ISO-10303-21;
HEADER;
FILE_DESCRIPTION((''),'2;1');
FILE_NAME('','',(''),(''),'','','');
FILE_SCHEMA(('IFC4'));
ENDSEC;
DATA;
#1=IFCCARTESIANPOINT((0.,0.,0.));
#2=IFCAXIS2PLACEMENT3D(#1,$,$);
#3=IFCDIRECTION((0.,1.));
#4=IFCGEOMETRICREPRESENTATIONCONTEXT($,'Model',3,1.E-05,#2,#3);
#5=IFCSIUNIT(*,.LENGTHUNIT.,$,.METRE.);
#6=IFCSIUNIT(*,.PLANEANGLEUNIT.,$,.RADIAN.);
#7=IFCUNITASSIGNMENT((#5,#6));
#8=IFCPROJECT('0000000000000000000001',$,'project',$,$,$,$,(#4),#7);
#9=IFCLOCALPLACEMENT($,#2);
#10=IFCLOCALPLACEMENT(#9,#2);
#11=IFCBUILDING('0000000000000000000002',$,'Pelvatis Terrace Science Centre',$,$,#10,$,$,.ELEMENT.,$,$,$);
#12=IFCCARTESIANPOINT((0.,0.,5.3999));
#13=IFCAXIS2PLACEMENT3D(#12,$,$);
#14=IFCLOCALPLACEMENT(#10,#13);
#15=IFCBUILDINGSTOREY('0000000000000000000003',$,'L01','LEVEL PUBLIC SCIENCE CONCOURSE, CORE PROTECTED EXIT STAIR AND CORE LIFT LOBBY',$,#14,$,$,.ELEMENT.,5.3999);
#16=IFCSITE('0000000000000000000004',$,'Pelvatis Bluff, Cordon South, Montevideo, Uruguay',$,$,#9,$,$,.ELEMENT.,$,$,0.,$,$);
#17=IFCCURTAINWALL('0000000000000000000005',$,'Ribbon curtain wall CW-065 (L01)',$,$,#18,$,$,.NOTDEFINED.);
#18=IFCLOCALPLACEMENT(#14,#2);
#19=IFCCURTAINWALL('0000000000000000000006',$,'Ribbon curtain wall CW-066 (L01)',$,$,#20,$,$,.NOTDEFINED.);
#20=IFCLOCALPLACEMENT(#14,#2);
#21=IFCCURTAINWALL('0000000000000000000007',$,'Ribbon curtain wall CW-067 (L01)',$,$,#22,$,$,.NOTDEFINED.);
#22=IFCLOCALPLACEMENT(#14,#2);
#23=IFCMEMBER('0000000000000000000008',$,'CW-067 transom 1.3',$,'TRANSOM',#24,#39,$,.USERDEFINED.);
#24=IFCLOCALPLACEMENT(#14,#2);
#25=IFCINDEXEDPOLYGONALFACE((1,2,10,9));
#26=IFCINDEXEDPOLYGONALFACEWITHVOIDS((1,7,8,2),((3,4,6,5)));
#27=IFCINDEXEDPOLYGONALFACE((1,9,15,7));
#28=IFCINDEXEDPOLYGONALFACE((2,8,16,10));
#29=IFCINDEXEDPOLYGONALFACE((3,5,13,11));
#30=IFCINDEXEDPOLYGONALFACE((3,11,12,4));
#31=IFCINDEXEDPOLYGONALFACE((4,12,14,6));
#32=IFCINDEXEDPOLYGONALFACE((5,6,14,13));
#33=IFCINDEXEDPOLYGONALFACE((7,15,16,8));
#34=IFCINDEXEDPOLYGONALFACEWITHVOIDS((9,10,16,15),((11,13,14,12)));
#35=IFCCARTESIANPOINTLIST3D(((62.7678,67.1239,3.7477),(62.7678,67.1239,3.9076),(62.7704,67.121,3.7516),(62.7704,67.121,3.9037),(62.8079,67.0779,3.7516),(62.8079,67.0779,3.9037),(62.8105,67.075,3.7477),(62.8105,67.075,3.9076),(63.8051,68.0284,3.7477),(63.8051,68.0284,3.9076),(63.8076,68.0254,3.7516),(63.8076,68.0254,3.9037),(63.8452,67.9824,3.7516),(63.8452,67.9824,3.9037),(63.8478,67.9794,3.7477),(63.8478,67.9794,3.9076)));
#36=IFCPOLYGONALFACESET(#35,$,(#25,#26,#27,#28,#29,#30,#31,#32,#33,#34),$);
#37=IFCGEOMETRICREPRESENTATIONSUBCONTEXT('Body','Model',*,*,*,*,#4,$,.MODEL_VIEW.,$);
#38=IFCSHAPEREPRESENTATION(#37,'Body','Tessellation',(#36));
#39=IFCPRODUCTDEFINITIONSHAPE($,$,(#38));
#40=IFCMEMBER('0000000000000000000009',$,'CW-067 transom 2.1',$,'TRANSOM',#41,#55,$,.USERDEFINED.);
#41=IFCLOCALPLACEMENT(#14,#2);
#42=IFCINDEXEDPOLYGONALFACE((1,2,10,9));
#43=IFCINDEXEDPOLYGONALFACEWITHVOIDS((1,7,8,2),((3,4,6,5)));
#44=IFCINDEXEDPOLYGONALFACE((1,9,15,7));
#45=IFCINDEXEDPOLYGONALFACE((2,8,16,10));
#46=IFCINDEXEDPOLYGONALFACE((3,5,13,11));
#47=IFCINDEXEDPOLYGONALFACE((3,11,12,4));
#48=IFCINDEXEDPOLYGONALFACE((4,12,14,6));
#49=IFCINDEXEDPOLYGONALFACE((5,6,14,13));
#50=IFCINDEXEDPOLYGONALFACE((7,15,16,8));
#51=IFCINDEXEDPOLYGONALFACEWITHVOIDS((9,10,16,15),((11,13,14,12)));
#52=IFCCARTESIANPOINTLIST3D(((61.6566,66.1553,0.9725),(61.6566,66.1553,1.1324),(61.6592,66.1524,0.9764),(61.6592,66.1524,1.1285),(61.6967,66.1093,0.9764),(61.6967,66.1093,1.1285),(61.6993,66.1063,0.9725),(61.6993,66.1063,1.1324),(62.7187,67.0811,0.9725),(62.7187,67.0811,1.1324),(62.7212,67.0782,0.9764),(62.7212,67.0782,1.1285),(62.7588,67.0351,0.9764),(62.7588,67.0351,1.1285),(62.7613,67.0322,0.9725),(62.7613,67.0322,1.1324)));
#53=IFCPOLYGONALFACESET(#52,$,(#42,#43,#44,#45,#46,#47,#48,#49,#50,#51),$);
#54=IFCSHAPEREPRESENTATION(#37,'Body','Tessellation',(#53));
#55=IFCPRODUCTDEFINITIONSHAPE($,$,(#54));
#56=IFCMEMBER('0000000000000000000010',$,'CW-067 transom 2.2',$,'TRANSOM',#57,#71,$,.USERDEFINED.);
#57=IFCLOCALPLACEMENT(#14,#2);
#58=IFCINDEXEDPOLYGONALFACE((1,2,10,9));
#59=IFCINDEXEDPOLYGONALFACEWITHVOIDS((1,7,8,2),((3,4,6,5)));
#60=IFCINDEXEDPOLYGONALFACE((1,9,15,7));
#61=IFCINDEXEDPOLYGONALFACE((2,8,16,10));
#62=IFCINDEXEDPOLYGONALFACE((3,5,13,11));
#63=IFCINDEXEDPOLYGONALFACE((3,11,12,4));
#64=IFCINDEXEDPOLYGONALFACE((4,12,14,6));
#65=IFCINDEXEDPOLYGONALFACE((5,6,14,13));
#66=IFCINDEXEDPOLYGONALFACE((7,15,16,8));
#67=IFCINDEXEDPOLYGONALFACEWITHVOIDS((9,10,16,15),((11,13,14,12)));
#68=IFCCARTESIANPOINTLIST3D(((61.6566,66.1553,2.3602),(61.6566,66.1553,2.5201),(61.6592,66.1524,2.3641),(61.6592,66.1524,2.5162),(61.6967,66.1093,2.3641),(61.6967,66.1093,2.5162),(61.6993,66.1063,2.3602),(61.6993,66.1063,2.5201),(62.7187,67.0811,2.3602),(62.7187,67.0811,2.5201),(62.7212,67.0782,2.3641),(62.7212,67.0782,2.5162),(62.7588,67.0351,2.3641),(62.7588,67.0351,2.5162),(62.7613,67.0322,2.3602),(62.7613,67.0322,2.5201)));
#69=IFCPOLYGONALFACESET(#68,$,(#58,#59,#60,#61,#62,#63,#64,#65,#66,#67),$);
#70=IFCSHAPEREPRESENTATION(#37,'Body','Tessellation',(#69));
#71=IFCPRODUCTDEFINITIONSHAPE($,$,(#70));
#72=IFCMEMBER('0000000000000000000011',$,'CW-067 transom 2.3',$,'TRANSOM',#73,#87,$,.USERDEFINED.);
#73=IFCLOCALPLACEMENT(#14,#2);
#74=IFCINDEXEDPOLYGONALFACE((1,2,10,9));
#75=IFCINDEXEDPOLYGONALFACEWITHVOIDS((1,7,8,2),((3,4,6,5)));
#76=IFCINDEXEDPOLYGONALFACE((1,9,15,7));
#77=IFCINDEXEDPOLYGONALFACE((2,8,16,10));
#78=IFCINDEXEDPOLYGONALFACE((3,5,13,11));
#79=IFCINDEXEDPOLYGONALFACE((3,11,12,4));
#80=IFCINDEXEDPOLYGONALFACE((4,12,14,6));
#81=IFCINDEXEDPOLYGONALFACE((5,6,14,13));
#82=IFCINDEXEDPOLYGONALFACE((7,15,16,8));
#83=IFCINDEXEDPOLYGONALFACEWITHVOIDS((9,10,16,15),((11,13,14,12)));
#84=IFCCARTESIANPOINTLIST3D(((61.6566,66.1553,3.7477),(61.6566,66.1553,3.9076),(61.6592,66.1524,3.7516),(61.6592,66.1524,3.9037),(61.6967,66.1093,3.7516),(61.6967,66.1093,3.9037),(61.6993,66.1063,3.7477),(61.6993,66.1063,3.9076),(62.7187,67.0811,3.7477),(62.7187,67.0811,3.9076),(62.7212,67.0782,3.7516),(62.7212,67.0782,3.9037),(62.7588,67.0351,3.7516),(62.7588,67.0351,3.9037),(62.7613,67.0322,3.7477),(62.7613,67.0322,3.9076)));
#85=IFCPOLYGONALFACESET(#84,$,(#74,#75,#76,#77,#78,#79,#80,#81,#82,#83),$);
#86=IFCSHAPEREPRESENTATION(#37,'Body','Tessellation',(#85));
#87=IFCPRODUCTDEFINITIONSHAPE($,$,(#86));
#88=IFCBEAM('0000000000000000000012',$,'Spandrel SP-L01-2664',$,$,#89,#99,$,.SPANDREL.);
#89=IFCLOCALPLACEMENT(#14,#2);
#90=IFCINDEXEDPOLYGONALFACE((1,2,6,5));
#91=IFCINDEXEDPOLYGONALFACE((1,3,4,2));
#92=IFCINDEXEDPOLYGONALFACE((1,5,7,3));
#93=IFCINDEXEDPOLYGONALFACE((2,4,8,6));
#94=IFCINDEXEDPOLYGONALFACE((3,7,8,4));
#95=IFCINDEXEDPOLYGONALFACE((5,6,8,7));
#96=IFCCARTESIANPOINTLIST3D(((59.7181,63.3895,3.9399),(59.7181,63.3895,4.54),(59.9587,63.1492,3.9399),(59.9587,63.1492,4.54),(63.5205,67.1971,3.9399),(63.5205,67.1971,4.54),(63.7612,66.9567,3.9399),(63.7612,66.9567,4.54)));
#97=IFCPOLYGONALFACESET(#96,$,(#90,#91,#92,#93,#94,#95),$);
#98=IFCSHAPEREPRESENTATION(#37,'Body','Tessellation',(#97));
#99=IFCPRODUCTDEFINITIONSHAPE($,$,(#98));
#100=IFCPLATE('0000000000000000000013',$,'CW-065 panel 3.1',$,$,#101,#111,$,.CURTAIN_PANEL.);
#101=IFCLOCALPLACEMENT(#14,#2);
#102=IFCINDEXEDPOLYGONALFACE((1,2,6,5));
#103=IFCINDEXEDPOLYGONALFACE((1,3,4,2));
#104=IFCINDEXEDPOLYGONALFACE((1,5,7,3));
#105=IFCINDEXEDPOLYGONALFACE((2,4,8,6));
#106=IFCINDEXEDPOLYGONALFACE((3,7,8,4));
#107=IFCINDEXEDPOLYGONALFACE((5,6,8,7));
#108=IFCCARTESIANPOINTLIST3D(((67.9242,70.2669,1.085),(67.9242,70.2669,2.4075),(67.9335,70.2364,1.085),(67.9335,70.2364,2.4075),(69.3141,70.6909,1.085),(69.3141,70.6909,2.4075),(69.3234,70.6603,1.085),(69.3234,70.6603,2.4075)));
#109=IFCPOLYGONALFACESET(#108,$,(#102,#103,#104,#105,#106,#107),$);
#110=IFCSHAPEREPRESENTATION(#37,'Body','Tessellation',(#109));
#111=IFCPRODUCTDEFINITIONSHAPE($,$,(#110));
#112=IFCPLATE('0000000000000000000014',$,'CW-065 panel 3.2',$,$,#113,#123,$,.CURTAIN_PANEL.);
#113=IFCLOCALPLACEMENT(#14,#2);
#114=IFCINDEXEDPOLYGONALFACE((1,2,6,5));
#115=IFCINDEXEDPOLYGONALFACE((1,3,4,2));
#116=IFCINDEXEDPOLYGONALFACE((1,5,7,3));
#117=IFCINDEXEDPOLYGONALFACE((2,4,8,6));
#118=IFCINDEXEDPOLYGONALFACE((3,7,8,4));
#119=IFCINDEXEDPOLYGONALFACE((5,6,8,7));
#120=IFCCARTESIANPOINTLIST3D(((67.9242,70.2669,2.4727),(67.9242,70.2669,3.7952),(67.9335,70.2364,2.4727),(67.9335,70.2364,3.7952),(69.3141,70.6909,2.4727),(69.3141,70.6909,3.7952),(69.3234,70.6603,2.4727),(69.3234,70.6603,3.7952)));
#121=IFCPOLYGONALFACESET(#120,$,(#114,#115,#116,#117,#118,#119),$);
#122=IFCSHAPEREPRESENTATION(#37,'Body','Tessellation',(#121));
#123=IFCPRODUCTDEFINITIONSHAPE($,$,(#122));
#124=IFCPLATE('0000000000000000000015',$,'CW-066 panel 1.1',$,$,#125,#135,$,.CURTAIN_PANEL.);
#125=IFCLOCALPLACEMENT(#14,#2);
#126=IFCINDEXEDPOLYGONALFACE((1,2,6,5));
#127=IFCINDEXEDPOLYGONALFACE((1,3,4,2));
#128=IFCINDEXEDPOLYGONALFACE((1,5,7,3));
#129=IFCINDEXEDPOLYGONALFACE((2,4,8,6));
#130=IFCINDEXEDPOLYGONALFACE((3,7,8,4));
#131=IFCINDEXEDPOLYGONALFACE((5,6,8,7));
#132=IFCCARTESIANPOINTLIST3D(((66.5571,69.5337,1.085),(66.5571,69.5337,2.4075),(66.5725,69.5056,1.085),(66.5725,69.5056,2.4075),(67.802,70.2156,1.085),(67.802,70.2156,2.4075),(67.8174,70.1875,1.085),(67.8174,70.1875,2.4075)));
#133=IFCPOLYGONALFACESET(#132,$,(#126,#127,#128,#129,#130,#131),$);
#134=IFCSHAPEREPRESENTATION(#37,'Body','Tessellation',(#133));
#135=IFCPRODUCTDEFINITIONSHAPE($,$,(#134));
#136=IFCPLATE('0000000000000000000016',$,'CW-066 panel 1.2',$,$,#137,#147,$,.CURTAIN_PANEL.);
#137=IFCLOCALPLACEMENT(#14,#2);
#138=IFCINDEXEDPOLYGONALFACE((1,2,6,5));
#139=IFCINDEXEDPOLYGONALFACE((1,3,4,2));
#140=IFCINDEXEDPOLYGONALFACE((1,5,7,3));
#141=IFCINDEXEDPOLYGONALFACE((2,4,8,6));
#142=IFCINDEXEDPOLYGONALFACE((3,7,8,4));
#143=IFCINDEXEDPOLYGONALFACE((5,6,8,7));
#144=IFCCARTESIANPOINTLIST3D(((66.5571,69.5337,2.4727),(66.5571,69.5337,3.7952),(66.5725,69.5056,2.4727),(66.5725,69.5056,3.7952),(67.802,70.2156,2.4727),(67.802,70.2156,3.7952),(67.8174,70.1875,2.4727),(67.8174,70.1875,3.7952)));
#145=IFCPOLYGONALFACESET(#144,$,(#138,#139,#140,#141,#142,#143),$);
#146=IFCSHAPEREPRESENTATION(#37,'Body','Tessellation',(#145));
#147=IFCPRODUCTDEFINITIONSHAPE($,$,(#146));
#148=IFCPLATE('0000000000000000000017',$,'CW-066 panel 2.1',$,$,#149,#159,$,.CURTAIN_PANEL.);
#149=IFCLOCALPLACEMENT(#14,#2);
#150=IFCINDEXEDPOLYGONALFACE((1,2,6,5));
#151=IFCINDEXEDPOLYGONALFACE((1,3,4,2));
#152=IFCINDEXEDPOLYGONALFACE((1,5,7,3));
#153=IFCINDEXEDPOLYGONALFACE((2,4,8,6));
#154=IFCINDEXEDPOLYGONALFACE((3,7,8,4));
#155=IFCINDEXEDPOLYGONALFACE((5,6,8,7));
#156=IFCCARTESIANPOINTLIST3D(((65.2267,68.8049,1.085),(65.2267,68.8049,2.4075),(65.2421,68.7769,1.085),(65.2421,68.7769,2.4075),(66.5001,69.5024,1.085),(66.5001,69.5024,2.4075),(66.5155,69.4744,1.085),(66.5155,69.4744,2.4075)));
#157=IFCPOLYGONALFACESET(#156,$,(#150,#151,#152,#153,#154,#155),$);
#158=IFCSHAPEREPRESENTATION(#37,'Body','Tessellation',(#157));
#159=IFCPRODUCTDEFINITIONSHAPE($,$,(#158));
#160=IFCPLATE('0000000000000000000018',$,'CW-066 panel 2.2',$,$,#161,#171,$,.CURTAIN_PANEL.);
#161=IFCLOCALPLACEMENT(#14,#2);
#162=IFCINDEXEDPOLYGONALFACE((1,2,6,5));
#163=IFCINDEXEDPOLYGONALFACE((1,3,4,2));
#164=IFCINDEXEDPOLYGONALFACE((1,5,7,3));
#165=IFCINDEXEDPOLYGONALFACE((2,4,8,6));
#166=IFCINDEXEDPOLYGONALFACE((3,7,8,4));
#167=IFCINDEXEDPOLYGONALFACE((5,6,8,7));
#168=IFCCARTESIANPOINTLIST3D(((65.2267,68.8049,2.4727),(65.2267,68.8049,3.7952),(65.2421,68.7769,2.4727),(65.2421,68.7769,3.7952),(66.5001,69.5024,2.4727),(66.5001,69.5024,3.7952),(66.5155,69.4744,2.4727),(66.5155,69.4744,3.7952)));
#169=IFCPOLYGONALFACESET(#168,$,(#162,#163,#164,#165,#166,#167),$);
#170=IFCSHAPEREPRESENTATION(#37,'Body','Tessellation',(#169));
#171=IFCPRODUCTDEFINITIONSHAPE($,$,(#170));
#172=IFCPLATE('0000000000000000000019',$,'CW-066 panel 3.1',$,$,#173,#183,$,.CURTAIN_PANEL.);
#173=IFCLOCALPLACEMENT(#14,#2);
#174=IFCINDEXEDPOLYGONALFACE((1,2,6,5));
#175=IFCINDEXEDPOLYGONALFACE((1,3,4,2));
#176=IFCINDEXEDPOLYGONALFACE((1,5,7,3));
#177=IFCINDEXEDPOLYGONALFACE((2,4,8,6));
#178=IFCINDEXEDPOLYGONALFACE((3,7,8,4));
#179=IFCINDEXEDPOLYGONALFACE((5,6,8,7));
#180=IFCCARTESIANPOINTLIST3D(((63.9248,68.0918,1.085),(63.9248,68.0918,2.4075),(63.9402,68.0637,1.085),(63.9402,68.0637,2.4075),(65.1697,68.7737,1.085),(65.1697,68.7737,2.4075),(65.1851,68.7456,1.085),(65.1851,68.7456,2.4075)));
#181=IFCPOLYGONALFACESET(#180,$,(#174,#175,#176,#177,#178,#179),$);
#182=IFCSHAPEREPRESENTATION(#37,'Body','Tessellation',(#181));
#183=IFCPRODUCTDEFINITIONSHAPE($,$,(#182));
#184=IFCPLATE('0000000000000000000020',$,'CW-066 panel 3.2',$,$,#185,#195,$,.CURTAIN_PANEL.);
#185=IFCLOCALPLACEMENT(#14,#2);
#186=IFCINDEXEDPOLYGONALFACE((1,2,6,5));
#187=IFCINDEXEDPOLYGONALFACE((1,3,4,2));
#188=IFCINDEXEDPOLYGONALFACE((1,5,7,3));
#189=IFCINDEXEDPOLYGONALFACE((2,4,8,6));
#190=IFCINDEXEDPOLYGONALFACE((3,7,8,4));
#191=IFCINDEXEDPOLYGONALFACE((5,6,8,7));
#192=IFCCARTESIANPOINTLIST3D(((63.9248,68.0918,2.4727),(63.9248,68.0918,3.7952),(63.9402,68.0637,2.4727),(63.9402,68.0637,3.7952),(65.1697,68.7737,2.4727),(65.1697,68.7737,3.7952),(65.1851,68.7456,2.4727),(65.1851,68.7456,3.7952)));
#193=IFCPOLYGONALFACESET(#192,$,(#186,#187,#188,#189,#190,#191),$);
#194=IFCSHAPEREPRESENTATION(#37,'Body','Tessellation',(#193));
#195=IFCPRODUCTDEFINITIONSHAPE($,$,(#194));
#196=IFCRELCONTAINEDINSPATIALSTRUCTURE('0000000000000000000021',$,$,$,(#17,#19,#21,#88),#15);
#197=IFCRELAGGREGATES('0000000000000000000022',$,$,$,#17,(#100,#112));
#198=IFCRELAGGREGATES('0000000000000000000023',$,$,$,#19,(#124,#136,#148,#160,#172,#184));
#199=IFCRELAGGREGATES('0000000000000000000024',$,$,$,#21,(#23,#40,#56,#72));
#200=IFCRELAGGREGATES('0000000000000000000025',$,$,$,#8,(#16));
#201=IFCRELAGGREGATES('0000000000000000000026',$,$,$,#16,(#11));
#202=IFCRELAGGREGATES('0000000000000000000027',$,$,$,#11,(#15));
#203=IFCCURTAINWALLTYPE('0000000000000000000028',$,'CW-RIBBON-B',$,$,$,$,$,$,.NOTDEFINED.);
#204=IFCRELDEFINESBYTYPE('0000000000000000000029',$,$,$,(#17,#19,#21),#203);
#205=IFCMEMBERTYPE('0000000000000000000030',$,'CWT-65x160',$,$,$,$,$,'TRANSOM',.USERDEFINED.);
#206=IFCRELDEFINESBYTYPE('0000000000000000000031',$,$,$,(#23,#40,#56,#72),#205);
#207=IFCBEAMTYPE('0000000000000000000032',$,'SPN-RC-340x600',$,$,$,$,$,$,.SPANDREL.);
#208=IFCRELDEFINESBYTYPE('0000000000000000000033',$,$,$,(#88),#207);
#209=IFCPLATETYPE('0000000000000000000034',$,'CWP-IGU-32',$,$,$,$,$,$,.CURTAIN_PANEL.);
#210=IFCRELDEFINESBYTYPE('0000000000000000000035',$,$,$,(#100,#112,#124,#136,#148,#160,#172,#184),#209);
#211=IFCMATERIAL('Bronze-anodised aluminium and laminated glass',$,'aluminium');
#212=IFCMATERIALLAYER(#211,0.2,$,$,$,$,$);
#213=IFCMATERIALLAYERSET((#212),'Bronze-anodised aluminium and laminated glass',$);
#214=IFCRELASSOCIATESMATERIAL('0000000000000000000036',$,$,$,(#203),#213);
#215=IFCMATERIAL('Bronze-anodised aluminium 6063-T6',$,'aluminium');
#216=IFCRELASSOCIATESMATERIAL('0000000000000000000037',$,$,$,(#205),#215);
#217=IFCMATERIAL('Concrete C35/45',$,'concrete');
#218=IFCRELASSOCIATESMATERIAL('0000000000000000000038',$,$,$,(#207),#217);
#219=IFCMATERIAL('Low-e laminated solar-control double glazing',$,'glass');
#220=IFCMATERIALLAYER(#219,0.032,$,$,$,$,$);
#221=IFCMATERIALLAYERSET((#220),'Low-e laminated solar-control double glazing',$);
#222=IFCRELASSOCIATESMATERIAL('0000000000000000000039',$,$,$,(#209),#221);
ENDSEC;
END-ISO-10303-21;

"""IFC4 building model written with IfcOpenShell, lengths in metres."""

from ifc_helpers import new_model, si_unit, direction, frame, origin, origin_2d, place, context, subcontext, project, spatial, rectangle, hollow_rectangle, extrude, material, layer, layer_set, material_profile, profile_set, type_object, element, aggregate, save


model = new_model("IFC4")

# Units and contexts
model_context = context("Model", 3, precision=1e-05, world=origin(), true_north=direction((0.0, 1.0)))
body_context = subcontext(model_context, "Body", "Model", "MODEL_VIEW")
ifc_project = project(units=[si_unit("LENGTHUNIT", "METRE"), si_unit("PLANEANGLEUNIT", "RADIAN")], contexts=[model_context])

# Site, building, storey
site_placement = place(None, origin())
site = spatial("IfcSite", under=ifc_project, at=site_placement, Name="Pelvatis Bluff, Cordon South, Montevideo, Uruguay", CompositionType="ELEMENT", RefElevation=0.0)
building_placement = place(site_placement, origin())
building = spatial("IfcBuilding", under=site, at=building_placement, Name="Pelvatis Terrace Science Centre", CompositionType="ELEMENT")
storey_placement = place(building_placement, frame((0.0, 0.0, 5.3999)))
storey = spatial("IfcBuildingStorey", under=building, at=storey_placement, Name="L01", Description="LEVEL PUBLIC SCIENCE CONCOURSE, CORE PROTECTED EXIT STAIR AND CORE LIFT LOBBY", CompositionType="ELEMENT", Elevation=5.3999)

# Curtain wall
ifc_material_1 = material(Name="Bronze-anodised aluminium and laminated glass", Category="aluminium")
ifc_layer_1 = layer(ifc_material_1, 0.2)
ifc_layer_set_1 = layer_set([ifc_layer_1], Name="Bronze-anodised aluminium and laminated glass")
curtain_wall_type = type_object("IfcCurtainWallType", Name="CW-RIBBON-B", PredefinedType="NOTDEFINED", material=ifc_layer_set_1)
curtain_wall_1_placement = place(storey_placement, origin())
curtain_wall_1 = element("IfcCurtainWall", 1, at=curtain_wall_1_placement, inside=storey, type_object=curtain_wall_type, Name="Ribbon curtain wall CW-065 (L01)", PredefinedType="NOTDEFINED")

# Curtain walls
curtain_wall_2_placement = place(storey_placement, origin())
curtain_wall_2 = element("IfcCurtainWall", 2, at=curtain_wall_2_placement, inside=storey, type_object=curtain_wall_type, Name="Ribbon curtain wall CW-066 (L01)", PredefinedType="NOTDEFINED")
curtain_wall_3_placement = place(storey_placement, origin())
curtain_wall_3 = element("IfcCurtainWall", 3, at=curtain_wall_3_placement, inside=storey, type_object=curtain_wall_type, Name="Ribbon curtain wall CW-067 (L01)", PredefinedType="NOTDEFINED")

# Members
ifc_material_2 = material(Name="Bronze-anodised aluminium 6063-T6", Category="aluminium")
ifc_material_profile_1 = material_profile(ifc_material_2, hollow_rectangle(XDim=0.0649, YDim=0.1599, WallThickness=0.0039, at=origin_2d()), Name="ALU-TRN 65x160")
ifc_profile_set_1 = profile_set([ifc_material_profile_1], Name="Bronze-anodised aluminium 6063-T6")
member_type_1 = type_object("IfcMemberType", Name="CWT-65x160", ElementType="TRANSOM", PredefinedType="USERDEFINED", material=ifc_profile_set_1)
member_1_placement = place(storey_placement, frame((63.8264, 68.0039, 3.8276), z_axis=(-0.753707, -0.65721, 0.0), x_axis=(0.65721, -0.753707, 0.0)))
member_1 = element("IfcMember", 4, at=member_1_placement, type_object=member_type_1, Name="CW-067 transom 1.3", ObjectType="TRANSOM", PredefinedType="USERDEFINED", context=body_context, shape_type="SweptSolid", body=[
    extrude(hollow_rectangle(XDim=0.0649, YDim=0.1599, WallThickness=0.0039, at=origin_2d()), origin(), (0.0, 0.0, 1.0), 1.3762),
])
member_2_placement = place(storey_placement, frame((62.74, 67.0566, 1.0525), z_axis=(-0.753799, -0.657105, 0.0), x_axis=(0.657105, -0.753799, 0.0)))
member_2 = element("IfcMember", 5, at=member_2_placement, type_object=member_type_1, Name="CW-067 transom 2.1", ObjectType="TRANSOM", PredefinedType="USERDEFINED", context=body_context, shape_type="SweptSolid", body=[
    extrude(hollow_rectangle(XDim=0.0649, YDim=0.1599, WallThickness=0.0039, at=origin_2d()), origin(), (0.0, 0.0, 1.0), 1.4089),
])
member_3_placement = place(storey_placement, frame((62.74, 67.0566, 2.4402), z_axis=(-0.753799, -0.657105, 0.0), x_axis=(0.657105, -0.753799, 0.0)))
member_3 = element("IfcMember", 6, at=member_3_placement, type_object=member_type_1, Name="CW-067 transom 2.2", ObjectType="TRANSOM", PredefinedType="USERDEFINED", context=body_context, shape_type="SweptSolid", body=[
    extrude(hollow_rectangle(XDim=0.0649, YDim=0.1599, WallThickness=0.0039, at=origin_2d()), origin(), (0.0, 0.0, 1.0), 1.4089),
])
member_4_placement = place(storey_placement, frame((62.74, 67.0566, 3.8276), z_axis=(-0.753799, -0.657105, 0.0), x_axis=(0.657105, -0.753799, 0.0)))
member_4 = element("IfcMember", 7, at=member_4_placement, type_object=member_type_1, Name="CW-067 transom 2.3", ObjectType="TRANSOM", PredefinedType="USERDEFINED", context=body_context, shape_type="SweptSolid", body=[
    extrude(hollow_rectangle(XDim=0.0649, YDim=0.1599, WallThickness=0.0039, at=origin_2d()), origin(), (0.0, 0.0, 1.0), 1.4089),
])

# Beam
ifc_material_3 = material(Name="Concrete C35/45", Category="concrete")
ifc_material_profile_2 = material_profile(ifc_material_3, rectangle(XDim=0.3401, YDim=0.6001, at=origin_2d()), Name="RC-SPN 340x600")
ifc_profile_set_2 = profile_set([ifc_material_profile_2], Name="Concrete C35/45")
beam_type = type_object("IfcBeamType", Name="SPN-RC-340x600", PredefinedType="SPANDREL", material=ifc_profile_set_2)
beam_placement = place(storey_placement, frame((63.6409, 67.0769, 4.24), z_axis=(-0.70663, -0.707583, 0.0), x_axis=(0.707583, -0.70663, 0.0)))
element("IfcBeam", 8, at=beam_placement, inside=storey, type_object=beam_type, Name="Spandrel SP-L01-2664", PredefinedType="SPANDREL", context=body_context, shape_type="SweptSolid", body=[
    extrude(rectangle(XDim=0.3401, YDim=0.6001, at=origin_2d()), origin(), (0.0, 0.0, 1.0), 5.3811),
])

# Plates
ifc_material_4 = material(Name="Low-e laminated solar-control double glazing", Category="glass")
ifc_layer_2 = layer(ifc_material_4, 0.032)
ifc_layer_set_2 = layer_set([ifc_layer_2], Name="Low-e laminated solar-control double glazing")
plate_type = type_object("IfcPlateType", Name="CWP-IGU-32", PredefinedType="CURTAIN_PANEL", material=ifc_layer_set_2)
plate_1_placement = place(storey_placement, frame((68.6238, 70.4636, 1.085), z_axis=(0.0, 0.0, 1.0), x_axis=(-0.956494, -0.291751, 0.0)))
plate_1 = element("IfcPlate", 9, at=plate_1_placement, type_object=plate_type, Name="CW-065 panel 3.1", PredefinedType="CURTAIN_PANEL", context=body_context, shape_type="SweptSolid", body=[
    extrude(rectangle(XDim=1.4531, YDim=0.032, at=origin_2d()), origin(), (0.0, 0.0, 1.0), 1.3225),
])
plate_2_placement = place(storey_placement, frame((68.6238, 70.4636, 2.4727), z_axis=(0.0, 0.0, 1.0), x_axis=(-0.956494, -0.291751, 0.0)))
plate_2 = element("IfcPlate", 10, at=plate_2_placement, type_object=plate_type, Name="CW-065 panel 3.2", PredefinedType="CURTAIN_PANEL", context=body_context, shape_type="SweptSolid", body=[
    extrude(rectangle(XDim=1.4531, YDim=0.032, at=origin_2d()), origin(), (0.0, 0.0, 1.0), 1.3225),
])
aggregate(curtain_wall_1, [plate_1, plate_2])
plate_3_placement = place(storey_placement, frame((67.1873, 69.8606, 1.085), z_axis=(0.0, 0.0, 1.0), x_axis=(-0.877046, -0.480406, 0.0)))
plate_3 = element("IfcPlate", 11, at=plate_3_placement, type_object=plate_type, Name="CW-066 panel 1.1", PredefinedType="CURTAIN_PANEL", context=body_context, shape_type="SweptSolid", body=[
    extrude(rectangle(XDim=1.4194, YDim=0.032, at=origin_2d()), origin(), (0.0, 0.0, 1.0), 1.3225),
])
plate_4_placement = place(storey_placement, frame((67.1873, 69.8606, 2.4727), z_axis=(0.0, 0.0, 1.0), x_axis=(-0.877046, -0.480406, 0.0)))
plate_4 = element("IfcPlate", 12, at=plate_4_placement, type_object=plate_type, Name="CW-066 panel 1.2", PredefinedType="CURTAIN_PANEL", context=body_context, shape_type="SweptSolid", body=[
    extrude(rectangle(XDim=1.4194, YDim=0.032, at=origin_2d()), origin(), (0.0, 0.0, 1.0), 1.3225),
])
plate_5_placement = place(storey_placement, frame((65.8711, 69.1396, 1.085), z_axis=(0.0, 0.0, 1.0), x_axis=(-0.877046, -0.480406, 0.0)))
plate_5 = element("IfcPlate", 13, at=plate_5_placement, type_object=plate_type, Name="CW-066 panel 2.1", PredefinedType="CURTAIN_PANEL", context=body_context, shape_type="SweptSolid", body=[
    extrude(rectangle(XDim=1.4519, YDim=0.032, at=origin_2d()), origin(), (0.0, 0.0, 1.0), 1.3225),
])
plate_6_placement = place(storey_placement, frame((65.8711, 69.1396, 2.4727), z_axis=(0.0, 0.0, 1.0), x_axis=(-0.877046, -0.480406, 0.0)))
plate_6 = element("IfcPlate", 14, at=plate_6_placement, type_object=plate_type, Name="CW-066 panel 2.2", PredefinedType="CURTAIN_PANEL", context=body_context, shape_type="SweptSolid", body=[
    extrude(rectangle(XDim=1.4519, YDim=0.032, at=origin_2d()), origin(), (0.0, 0.0, 1.0), 1.3225),
])
plate_7_placement = place(storey_placement, frame((64.5549, 68.4187, 1.085), z_axis=(0.0, 0.0, 1.0), x_axis=(-0.877046, -0.480406, 0.0)))
plate_7 = element("IfcPlate", 15, at=plate_7_placement, type_object=plate_type, Name="CW-066 panel 3.1", PredefinedType="CURTAIN_PANEL", context=body_context, shape_type="SweptSolid", body=[
    extrude(rectangle(XDim=1.4194, YDim=0.032, at=origin_2d()), origin(), (0.0, 0.0, 1.0), 1.3225),
])
plate_8_placement = place(storey_placement, frame((64.5549, 68.4187, 2.4727), z_axis=(0.0, 0.0, 1.0), x_axis=(-0.877046, -0.480406, 0.0)))
plate_8 = element("IfcPlate", 16, at=plate_8_placement, type_object=plate_type, Name="CW-066 panel 3.2", PredefinedType="CURTAIN_PANEL", context=body_context, shape_type="SweptSolid", body=[
    extrude(rectangle(XDim=1.4194, YDim=0.032, at=origin_2d()), origin(), (0.0, 0.0, 1.0), 1.3225),
])
aggregate(curtain_wall_2, [plate_3, plate_4, plate_5, plate_6, plate_7, plate_8])
aggregate(curtain_wall_3, [member_1, member_2, member_3, member_4])

save(model, "model.ifc")
